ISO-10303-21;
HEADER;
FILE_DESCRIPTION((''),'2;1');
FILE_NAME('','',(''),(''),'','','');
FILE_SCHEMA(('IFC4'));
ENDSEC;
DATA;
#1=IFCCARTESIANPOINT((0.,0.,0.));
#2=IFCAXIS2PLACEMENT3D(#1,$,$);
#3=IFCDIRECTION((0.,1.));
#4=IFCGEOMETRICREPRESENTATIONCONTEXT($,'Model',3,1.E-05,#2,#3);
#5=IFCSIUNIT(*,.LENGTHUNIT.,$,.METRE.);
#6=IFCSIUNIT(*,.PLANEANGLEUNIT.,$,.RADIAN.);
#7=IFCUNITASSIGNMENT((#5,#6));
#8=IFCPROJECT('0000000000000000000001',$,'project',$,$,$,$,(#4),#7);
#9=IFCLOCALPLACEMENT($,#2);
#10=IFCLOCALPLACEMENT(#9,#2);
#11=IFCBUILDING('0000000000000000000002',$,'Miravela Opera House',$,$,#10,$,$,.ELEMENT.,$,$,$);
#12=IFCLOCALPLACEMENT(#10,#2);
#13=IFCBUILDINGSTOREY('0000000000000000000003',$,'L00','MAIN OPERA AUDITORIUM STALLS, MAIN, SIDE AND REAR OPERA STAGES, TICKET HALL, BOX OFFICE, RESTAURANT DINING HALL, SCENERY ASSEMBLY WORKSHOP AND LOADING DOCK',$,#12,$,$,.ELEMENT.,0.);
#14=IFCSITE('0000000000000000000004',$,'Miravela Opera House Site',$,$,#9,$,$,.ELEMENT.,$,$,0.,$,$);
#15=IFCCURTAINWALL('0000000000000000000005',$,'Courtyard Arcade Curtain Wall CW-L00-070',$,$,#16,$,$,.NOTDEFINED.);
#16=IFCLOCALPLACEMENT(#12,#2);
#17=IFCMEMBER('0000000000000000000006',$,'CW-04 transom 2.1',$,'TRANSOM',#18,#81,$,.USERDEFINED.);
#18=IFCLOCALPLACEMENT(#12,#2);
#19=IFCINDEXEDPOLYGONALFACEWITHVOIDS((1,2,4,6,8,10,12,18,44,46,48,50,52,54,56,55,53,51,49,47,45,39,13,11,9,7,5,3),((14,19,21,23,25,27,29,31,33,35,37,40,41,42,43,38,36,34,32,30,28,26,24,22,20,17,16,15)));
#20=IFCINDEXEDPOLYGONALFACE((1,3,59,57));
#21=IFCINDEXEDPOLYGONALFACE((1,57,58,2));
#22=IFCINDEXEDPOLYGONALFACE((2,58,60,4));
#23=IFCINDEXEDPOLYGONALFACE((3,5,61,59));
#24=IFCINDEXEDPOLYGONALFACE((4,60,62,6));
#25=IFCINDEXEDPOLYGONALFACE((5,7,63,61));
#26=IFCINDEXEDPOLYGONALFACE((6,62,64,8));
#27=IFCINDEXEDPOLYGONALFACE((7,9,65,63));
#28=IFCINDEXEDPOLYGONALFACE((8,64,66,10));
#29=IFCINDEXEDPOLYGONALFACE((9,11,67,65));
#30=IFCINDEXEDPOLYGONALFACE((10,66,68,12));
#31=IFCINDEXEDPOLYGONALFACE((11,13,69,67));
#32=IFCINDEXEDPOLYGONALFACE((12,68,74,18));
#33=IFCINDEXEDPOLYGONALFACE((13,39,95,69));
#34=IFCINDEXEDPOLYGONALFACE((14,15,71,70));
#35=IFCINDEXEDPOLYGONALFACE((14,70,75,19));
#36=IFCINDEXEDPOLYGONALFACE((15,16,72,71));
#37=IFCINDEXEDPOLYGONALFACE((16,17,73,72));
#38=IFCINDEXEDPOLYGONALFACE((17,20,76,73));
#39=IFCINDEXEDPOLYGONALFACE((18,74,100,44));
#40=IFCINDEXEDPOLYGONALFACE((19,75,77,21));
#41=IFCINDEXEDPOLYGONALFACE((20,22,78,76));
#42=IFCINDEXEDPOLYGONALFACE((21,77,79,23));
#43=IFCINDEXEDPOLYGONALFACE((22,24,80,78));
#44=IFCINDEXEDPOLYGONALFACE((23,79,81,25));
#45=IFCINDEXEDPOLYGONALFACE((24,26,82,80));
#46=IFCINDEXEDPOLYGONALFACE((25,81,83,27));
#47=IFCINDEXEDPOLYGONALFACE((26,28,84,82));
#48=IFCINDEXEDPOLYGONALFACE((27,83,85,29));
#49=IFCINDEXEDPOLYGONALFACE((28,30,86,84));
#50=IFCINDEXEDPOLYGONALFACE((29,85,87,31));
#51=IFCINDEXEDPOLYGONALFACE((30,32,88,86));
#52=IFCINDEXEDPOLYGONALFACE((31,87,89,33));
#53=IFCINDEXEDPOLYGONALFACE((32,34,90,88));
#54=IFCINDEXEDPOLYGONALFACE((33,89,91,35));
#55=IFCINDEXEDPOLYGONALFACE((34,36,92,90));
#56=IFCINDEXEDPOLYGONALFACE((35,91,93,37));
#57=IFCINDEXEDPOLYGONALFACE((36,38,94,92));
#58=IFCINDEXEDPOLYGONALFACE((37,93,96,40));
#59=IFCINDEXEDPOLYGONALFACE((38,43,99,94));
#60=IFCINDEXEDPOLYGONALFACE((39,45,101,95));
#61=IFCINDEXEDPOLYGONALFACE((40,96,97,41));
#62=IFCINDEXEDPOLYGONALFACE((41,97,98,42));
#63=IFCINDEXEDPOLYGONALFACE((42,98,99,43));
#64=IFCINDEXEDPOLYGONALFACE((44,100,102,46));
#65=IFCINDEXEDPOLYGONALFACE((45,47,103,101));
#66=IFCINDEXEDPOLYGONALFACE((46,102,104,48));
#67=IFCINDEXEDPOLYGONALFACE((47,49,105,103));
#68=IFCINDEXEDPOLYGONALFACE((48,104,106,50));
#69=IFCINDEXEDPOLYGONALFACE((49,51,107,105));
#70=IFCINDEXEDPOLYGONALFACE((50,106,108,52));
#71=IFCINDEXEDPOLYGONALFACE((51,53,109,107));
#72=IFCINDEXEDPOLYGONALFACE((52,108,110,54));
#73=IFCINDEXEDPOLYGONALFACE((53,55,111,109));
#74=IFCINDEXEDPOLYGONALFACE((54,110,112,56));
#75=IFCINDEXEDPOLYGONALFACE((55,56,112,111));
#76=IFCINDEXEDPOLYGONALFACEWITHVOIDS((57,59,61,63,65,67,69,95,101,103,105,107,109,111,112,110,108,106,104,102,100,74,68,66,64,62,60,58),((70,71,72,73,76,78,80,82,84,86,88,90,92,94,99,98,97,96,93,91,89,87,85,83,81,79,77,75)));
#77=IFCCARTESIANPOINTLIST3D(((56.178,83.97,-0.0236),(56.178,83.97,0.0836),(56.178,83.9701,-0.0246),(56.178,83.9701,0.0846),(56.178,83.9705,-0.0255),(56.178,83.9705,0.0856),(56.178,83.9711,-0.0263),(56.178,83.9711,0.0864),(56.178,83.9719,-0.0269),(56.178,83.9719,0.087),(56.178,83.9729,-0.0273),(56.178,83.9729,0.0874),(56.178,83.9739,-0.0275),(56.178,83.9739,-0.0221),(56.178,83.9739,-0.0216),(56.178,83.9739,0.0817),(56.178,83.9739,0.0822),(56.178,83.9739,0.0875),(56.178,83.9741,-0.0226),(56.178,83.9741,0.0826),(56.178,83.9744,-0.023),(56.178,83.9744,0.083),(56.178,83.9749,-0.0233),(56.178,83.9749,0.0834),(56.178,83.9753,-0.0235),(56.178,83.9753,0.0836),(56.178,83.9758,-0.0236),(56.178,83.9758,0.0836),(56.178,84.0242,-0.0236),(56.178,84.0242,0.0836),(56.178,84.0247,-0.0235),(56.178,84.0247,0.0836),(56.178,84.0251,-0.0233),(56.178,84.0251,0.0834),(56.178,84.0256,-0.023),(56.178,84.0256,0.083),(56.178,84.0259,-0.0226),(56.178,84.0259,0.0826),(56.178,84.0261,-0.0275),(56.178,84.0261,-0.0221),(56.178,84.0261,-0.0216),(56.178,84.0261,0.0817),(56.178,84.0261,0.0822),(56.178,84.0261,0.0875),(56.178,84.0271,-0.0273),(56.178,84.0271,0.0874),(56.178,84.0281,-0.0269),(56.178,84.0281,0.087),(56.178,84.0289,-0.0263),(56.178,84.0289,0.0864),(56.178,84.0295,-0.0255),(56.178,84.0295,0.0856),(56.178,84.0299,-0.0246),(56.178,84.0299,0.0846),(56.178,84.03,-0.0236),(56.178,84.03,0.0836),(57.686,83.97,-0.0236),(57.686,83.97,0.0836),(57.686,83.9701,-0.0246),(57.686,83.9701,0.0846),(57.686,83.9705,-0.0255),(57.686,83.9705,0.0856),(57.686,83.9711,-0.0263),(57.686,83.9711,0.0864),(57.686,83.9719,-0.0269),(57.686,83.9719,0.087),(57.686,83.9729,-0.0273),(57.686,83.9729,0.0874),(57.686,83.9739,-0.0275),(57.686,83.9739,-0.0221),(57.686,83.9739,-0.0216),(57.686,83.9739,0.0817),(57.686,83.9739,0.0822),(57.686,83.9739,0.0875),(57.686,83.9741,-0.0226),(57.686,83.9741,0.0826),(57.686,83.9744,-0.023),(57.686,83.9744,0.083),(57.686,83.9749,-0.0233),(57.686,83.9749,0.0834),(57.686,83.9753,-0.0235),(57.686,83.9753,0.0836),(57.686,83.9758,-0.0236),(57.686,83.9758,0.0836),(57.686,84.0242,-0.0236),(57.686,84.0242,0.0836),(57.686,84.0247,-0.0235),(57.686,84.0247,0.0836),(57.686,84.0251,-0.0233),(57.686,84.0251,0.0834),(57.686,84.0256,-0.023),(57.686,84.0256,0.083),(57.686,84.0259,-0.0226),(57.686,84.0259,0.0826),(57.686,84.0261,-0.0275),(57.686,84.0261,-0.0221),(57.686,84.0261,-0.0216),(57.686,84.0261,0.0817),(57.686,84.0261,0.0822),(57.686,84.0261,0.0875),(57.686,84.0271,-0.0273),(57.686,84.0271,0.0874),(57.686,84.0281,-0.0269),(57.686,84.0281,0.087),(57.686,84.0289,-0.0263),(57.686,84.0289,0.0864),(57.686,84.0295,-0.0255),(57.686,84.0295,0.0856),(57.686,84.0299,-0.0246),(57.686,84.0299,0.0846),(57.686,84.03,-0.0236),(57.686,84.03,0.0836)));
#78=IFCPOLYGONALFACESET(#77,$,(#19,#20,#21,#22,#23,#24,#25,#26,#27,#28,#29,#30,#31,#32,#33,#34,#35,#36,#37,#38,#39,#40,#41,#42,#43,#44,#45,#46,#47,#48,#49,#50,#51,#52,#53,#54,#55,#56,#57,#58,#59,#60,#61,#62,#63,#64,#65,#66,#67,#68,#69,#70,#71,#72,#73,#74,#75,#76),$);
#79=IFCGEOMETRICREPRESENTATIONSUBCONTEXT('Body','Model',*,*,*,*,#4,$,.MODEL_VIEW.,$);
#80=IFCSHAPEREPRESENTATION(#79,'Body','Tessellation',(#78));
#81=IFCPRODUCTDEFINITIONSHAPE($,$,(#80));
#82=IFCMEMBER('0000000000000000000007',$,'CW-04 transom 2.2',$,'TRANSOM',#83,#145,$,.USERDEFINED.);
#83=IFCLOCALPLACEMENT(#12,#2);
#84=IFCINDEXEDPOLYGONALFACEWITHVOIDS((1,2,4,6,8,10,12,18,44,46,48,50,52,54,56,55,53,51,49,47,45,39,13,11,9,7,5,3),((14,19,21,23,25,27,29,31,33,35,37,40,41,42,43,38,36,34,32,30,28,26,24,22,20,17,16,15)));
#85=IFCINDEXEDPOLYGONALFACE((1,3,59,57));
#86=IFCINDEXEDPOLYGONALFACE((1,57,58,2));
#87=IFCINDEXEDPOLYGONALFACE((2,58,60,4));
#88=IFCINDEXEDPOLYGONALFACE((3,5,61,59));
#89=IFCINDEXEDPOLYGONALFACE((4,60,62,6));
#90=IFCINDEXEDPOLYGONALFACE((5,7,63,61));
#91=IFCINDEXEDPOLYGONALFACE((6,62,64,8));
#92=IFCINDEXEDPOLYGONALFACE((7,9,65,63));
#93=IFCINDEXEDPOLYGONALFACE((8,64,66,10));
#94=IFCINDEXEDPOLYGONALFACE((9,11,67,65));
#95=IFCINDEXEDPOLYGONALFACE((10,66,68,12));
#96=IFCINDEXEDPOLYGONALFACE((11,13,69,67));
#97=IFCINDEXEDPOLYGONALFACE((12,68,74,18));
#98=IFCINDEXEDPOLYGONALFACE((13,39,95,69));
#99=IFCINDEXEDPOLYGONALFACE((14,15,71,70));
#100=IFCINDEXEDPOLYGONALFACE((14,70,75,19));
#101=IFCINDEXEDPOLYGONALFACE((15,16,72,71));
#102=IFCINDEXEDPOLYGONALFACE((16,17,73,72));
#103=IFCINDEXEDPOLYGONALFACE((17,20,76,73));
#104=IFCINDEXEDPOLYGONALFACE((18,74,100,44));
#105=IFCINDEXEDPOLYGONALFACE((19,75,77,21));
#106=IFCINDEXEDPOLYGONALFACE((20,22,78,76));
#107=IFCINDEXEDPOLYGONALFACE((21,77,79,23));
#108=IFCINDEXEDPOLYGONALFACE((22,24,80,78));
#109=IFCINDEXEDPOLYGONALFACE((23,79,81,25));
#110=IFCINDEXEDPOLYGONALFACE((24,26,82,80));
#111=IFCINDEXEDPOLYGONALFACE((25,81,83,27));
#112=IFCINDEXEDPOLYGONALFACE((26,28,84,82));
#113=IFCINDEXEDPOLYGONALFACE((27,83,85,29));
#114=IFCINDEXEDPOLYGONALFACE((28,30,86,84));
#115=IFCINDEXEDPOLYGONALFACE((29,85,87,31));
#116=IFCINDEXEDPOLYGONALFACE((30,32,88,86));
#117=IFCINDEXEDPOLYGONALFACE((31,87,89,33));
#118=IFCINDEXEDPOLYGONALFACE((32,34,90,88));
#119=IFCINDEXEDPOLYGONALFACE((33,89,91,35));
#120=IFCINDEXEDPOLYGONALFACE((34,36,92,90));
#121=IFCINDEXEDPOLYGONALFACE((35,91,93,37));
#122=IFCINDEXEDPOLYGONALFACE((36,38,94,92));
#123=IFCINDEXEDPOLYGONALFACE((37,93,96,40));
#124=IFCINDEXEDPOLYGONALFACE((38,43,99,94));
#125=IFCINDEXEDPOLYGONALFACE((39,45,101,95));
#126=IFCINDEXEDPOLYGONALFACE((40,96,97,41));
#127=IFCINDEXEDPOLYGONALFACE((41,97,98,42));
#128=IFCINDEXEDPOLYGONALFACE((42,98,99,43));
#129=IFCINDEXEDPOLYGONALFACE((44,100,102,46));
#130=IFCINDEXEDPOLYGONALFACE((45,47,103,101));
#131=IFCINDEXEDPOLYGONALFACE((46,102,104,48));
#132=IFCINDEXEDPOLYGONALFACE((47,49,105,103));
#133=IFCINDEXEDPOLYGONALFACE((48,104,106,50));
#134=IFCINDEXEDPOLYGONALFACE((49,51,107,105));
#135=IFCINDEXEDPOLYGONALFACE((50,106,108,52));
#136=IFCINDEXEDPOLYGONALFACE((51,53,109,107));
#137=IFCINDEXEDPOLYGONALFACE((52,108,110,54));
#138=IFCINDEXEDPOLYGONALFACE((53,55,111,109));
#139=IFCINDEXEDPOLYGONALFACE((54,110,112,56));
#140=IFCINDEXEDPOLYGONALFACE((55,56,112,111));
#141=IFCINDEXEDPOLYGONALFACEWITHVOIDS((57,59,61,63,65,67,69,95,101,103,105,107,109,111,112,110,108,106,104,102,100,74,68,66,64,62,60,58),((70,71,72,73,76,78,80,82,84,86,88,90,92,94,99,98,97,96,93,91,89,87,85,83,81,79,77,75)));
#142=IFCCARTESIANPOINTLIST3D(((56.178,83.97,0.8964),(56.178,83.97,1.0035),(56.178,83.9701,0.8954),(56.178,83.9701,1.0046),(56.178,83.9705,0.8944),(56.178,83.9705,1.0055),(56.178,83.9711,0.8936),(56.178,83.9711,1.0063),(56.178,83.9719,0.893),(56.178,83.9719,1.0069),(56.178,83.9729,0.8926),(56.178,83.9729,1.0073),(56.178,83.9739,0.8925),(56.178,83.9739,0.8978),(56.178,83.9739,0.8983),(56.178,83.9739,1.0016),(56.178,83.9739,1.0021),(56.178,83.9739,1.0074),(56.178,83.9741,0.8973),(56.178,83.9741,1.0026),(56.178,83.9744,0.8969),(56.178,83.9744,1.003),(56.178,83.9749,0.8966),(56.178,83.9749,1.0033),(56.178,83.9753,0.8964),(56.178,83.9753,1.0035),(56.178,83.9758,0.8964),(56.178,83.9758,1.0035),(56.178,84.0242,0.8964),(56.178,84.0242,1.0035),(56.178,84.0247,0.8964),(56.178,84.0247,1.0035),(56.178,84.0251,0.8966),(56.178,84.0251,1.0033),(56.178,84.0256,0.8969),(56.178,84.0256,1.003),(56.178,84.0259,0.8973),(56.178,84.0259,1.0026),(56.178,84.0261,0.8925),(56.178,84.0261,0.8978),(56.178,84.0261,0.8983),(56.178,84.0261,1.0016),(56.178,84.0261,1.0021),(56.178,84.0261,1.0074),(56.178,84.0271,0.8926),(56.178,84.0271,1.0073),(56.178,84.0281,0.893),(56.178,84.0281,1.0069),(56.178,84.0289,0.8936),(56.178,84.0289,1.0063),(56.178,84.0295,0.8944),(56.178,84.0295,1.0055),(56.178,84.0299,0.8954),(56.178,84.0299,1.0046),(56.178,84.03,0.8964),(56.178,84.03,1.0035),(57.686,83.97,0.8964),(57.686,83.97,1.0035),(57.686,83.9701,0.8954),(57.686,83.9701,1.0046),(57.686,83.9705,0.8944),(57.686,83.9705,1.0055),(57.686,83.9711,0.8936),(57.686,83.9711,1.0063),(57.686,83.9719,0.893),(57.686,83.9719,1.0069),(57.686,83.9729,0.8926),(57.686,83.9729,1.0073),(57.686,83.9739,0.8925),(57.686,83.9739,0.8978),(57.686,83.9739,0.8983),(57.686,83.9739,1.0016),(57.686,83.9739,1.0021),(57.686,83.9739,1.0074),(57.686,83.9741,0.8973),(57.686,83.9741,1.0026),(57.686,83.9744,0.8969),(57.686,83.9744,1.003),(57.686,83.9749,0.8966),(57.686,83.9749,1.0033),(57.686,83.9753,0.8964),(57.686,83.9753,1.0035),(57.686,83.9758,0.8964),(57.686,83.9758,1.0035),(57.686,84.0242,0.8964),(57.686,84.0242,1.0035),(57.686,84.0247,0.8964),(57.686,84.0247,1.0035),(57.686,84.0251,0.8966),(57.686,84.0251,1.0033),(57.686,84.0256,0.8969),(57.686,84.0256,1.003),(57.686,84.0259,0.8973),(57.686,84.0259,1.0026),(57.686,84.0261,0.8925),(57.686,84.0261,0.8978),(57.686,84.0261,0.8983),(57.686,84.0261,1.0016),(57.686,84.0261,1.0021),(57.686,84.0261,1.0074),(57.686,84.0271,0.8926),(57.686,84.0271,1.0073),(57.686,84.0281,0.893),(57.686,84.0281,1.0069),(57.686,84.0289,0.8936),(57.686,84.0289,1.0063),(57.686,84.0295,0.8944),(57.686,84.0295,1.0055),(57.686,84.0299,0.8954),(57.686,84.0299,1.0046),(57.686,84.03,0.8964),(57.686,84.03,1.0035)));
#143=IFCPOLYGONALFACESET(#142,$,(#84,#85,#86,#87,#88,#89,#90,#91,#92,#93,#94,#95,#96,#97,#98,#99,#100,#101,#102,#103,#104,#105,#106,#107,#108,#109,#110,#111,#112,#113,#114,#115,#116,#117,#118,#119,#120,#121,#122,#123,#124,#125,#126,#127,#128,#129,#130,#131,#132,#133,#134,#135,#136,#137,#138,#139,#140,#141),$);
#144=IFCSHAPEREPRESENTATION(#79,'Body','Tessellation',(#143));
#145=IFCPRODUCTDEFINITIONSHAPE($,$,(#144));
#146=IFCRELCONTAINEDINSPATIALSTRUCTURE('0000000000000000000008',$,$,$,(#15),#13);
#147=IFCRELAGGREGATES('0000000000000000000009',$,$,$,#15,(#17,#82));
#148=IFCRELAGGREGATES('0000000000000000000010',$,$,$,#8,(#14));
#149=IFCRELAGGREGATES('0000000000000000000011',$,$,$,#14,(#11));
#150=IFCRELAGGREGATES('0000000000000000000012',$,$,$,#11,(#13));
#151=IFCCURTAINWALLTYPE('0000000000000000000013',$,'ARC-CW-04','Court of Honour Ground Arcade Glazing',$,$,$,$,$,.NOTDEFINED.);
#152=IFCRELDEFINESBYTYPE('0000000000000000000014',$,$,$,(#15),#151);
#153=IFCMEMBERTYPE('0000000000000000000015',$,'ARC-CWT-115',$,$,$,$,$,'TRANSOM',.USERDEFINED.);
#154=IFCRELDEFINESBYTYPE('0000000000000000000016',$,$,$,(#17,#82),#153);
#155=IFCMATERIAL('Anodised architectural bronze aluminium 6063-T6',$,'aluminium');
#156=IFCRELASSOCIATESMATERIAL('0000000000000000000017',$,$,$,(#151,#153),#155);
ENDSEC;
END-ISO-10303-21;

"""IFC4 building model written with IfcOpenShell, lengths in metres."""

from ifc_helpers import new_model, si_unit, direction, frame, origin, origin_2d, place, context, subcontext, project, spatial, hollow_rectangle, extrude, material, material_profile, profile_set, type_object, element, aggregate, save


model = new_model("IFC4")

# Units and contexts
model_context = context("Model", 3, precision=1e-05, world=origin(), true_north=direction((0.0, 1.0)))
body_context = subcontext(model_context, "Body", "Model", "MODEL_VIEW")
ifc_project = project(units=[si_unit("LENGTHUNIT", "METRE"), si_unit("PLANEANGLEUNIT", "RADIAN")], contexts=[model_context])

# Site, building, storey
site_placement = place(None, origin())
site = spatial("IfcSite", under=ifc_project, at=site_placement, Name="Miravela Opera House Site", CompositionType="ELEMENT", RefElevation=0.0)
building_placement = place(site_placement, origin())
building = spatial("IfcBuilding", under=site, at=building_placement, Name="Miravela Opera House", CompositionType="ELEMENT")
storey_placement = place(building_placement, origin())
storey = spatial("IfcBuildingStorey", under=building, at=storey_placement, Name="L00", Description="MAIN OPERA AUDITORIUM STALLS, MAIN, SIDE AND REAR OPERA STAGES, TICKET HALL, BOX OFFICE, RESTAURANT DINING HALL, SCENERY ASSEMBLY WORKSHOP AND LOADING DOCK", CompositionType="ELEMENT", Elevation=0.0)

# Curtain wall
ifc_material_1 = material(Name="Anodised architectural bronze aluminium 6063-T6", Category="aluminium")
curtain_wall_type = type_object("IfcCurtainWallType", Name="ARC-CW-04", Description="Court of Honour Ground Arcade Glazing", PredefinedType="NOTDEFINED", material=ifc_material_1)
curtain_wall_1_placement = place(storey_placement, origin())
curtain_wall_1 = element("IfcCurtainWall", 1, at=curtain_wall_1_placement, inside=storey, type_object=curtain_wall_type, Name="Courtyard Arcade Curtain Wall CW-L00-070", PredefinedType="NOTDEFINED")

# Members
ifc_material_profile_1 = material_profile(ifc_material_1, hollow_rectangle(XDim=0.0601, YDim=0.115, WallThickness=0.0039, InnerFilletRadius=0.002, OuterFilletRadius=0.0039, at=origin_2d()), Name="CWT-60X115")
ifc_profile_set_1 = profile_set([ifc_material_profile_1])
member_type_1 = type_object("IfcMemberType", Name="ARC-CWT-115", ElementType="TRANSOM", PredefinedType="USERDEFINED", material=ifc_profile_set_1)
member_1_placement = place(storey_placement, frame((56.178, 84.0, 0.03), z_axis=(1.0, 0.0, 0.0), x_axis=(0.0, 1.0, 0.0)))
member_1 = element("IfcMember", 2, at=member_1_placement, type_object=member_type_1, Name="CW-04 transom 2.1", ObjectType="TRANSOM", PredefinedType="USERDEFINED", context=body_context, shape_type="SweptSolid", body=[
    extrude(hollow_rectangle(XDim=0.0601, YDim=0.115, WallThickness=0.0039, InnerFilletRadius=0.002, OuterFilletRadius=0.0039, at=origin_2d()), origin(), (0.0, 0.0, 1.0), 1.5081),
])
member_2_placement = place(storey_placement, frame((56.178, 84.0, 0.95), z_axis=(1.0, 0.0, 0.0), x_axis=(0.0, 1.0, 0.0)))
member_2 = element("IfcMember", 3, at=member_2_placement, type_object=member_type_1, Name="CW-04 transom 2.2", ObjectType="TRANSOM", PredefinedType="USERDEFINED", context=body_context, shape_type="SweptSolid", body=[
    extrude(hollow_rectangle(XDim=0.0601, YDim=0.115, WallThickness=0.0039, InnerFilletRadius=0.002, OuterFilletRadius=0.0039, at=origin_2d()), origin(), (0.0, 0.0, 1.0), 1.5081),
])

aggregate(curtain_wall_1, [member_1, member_2])

save(model, "model.ifc")
